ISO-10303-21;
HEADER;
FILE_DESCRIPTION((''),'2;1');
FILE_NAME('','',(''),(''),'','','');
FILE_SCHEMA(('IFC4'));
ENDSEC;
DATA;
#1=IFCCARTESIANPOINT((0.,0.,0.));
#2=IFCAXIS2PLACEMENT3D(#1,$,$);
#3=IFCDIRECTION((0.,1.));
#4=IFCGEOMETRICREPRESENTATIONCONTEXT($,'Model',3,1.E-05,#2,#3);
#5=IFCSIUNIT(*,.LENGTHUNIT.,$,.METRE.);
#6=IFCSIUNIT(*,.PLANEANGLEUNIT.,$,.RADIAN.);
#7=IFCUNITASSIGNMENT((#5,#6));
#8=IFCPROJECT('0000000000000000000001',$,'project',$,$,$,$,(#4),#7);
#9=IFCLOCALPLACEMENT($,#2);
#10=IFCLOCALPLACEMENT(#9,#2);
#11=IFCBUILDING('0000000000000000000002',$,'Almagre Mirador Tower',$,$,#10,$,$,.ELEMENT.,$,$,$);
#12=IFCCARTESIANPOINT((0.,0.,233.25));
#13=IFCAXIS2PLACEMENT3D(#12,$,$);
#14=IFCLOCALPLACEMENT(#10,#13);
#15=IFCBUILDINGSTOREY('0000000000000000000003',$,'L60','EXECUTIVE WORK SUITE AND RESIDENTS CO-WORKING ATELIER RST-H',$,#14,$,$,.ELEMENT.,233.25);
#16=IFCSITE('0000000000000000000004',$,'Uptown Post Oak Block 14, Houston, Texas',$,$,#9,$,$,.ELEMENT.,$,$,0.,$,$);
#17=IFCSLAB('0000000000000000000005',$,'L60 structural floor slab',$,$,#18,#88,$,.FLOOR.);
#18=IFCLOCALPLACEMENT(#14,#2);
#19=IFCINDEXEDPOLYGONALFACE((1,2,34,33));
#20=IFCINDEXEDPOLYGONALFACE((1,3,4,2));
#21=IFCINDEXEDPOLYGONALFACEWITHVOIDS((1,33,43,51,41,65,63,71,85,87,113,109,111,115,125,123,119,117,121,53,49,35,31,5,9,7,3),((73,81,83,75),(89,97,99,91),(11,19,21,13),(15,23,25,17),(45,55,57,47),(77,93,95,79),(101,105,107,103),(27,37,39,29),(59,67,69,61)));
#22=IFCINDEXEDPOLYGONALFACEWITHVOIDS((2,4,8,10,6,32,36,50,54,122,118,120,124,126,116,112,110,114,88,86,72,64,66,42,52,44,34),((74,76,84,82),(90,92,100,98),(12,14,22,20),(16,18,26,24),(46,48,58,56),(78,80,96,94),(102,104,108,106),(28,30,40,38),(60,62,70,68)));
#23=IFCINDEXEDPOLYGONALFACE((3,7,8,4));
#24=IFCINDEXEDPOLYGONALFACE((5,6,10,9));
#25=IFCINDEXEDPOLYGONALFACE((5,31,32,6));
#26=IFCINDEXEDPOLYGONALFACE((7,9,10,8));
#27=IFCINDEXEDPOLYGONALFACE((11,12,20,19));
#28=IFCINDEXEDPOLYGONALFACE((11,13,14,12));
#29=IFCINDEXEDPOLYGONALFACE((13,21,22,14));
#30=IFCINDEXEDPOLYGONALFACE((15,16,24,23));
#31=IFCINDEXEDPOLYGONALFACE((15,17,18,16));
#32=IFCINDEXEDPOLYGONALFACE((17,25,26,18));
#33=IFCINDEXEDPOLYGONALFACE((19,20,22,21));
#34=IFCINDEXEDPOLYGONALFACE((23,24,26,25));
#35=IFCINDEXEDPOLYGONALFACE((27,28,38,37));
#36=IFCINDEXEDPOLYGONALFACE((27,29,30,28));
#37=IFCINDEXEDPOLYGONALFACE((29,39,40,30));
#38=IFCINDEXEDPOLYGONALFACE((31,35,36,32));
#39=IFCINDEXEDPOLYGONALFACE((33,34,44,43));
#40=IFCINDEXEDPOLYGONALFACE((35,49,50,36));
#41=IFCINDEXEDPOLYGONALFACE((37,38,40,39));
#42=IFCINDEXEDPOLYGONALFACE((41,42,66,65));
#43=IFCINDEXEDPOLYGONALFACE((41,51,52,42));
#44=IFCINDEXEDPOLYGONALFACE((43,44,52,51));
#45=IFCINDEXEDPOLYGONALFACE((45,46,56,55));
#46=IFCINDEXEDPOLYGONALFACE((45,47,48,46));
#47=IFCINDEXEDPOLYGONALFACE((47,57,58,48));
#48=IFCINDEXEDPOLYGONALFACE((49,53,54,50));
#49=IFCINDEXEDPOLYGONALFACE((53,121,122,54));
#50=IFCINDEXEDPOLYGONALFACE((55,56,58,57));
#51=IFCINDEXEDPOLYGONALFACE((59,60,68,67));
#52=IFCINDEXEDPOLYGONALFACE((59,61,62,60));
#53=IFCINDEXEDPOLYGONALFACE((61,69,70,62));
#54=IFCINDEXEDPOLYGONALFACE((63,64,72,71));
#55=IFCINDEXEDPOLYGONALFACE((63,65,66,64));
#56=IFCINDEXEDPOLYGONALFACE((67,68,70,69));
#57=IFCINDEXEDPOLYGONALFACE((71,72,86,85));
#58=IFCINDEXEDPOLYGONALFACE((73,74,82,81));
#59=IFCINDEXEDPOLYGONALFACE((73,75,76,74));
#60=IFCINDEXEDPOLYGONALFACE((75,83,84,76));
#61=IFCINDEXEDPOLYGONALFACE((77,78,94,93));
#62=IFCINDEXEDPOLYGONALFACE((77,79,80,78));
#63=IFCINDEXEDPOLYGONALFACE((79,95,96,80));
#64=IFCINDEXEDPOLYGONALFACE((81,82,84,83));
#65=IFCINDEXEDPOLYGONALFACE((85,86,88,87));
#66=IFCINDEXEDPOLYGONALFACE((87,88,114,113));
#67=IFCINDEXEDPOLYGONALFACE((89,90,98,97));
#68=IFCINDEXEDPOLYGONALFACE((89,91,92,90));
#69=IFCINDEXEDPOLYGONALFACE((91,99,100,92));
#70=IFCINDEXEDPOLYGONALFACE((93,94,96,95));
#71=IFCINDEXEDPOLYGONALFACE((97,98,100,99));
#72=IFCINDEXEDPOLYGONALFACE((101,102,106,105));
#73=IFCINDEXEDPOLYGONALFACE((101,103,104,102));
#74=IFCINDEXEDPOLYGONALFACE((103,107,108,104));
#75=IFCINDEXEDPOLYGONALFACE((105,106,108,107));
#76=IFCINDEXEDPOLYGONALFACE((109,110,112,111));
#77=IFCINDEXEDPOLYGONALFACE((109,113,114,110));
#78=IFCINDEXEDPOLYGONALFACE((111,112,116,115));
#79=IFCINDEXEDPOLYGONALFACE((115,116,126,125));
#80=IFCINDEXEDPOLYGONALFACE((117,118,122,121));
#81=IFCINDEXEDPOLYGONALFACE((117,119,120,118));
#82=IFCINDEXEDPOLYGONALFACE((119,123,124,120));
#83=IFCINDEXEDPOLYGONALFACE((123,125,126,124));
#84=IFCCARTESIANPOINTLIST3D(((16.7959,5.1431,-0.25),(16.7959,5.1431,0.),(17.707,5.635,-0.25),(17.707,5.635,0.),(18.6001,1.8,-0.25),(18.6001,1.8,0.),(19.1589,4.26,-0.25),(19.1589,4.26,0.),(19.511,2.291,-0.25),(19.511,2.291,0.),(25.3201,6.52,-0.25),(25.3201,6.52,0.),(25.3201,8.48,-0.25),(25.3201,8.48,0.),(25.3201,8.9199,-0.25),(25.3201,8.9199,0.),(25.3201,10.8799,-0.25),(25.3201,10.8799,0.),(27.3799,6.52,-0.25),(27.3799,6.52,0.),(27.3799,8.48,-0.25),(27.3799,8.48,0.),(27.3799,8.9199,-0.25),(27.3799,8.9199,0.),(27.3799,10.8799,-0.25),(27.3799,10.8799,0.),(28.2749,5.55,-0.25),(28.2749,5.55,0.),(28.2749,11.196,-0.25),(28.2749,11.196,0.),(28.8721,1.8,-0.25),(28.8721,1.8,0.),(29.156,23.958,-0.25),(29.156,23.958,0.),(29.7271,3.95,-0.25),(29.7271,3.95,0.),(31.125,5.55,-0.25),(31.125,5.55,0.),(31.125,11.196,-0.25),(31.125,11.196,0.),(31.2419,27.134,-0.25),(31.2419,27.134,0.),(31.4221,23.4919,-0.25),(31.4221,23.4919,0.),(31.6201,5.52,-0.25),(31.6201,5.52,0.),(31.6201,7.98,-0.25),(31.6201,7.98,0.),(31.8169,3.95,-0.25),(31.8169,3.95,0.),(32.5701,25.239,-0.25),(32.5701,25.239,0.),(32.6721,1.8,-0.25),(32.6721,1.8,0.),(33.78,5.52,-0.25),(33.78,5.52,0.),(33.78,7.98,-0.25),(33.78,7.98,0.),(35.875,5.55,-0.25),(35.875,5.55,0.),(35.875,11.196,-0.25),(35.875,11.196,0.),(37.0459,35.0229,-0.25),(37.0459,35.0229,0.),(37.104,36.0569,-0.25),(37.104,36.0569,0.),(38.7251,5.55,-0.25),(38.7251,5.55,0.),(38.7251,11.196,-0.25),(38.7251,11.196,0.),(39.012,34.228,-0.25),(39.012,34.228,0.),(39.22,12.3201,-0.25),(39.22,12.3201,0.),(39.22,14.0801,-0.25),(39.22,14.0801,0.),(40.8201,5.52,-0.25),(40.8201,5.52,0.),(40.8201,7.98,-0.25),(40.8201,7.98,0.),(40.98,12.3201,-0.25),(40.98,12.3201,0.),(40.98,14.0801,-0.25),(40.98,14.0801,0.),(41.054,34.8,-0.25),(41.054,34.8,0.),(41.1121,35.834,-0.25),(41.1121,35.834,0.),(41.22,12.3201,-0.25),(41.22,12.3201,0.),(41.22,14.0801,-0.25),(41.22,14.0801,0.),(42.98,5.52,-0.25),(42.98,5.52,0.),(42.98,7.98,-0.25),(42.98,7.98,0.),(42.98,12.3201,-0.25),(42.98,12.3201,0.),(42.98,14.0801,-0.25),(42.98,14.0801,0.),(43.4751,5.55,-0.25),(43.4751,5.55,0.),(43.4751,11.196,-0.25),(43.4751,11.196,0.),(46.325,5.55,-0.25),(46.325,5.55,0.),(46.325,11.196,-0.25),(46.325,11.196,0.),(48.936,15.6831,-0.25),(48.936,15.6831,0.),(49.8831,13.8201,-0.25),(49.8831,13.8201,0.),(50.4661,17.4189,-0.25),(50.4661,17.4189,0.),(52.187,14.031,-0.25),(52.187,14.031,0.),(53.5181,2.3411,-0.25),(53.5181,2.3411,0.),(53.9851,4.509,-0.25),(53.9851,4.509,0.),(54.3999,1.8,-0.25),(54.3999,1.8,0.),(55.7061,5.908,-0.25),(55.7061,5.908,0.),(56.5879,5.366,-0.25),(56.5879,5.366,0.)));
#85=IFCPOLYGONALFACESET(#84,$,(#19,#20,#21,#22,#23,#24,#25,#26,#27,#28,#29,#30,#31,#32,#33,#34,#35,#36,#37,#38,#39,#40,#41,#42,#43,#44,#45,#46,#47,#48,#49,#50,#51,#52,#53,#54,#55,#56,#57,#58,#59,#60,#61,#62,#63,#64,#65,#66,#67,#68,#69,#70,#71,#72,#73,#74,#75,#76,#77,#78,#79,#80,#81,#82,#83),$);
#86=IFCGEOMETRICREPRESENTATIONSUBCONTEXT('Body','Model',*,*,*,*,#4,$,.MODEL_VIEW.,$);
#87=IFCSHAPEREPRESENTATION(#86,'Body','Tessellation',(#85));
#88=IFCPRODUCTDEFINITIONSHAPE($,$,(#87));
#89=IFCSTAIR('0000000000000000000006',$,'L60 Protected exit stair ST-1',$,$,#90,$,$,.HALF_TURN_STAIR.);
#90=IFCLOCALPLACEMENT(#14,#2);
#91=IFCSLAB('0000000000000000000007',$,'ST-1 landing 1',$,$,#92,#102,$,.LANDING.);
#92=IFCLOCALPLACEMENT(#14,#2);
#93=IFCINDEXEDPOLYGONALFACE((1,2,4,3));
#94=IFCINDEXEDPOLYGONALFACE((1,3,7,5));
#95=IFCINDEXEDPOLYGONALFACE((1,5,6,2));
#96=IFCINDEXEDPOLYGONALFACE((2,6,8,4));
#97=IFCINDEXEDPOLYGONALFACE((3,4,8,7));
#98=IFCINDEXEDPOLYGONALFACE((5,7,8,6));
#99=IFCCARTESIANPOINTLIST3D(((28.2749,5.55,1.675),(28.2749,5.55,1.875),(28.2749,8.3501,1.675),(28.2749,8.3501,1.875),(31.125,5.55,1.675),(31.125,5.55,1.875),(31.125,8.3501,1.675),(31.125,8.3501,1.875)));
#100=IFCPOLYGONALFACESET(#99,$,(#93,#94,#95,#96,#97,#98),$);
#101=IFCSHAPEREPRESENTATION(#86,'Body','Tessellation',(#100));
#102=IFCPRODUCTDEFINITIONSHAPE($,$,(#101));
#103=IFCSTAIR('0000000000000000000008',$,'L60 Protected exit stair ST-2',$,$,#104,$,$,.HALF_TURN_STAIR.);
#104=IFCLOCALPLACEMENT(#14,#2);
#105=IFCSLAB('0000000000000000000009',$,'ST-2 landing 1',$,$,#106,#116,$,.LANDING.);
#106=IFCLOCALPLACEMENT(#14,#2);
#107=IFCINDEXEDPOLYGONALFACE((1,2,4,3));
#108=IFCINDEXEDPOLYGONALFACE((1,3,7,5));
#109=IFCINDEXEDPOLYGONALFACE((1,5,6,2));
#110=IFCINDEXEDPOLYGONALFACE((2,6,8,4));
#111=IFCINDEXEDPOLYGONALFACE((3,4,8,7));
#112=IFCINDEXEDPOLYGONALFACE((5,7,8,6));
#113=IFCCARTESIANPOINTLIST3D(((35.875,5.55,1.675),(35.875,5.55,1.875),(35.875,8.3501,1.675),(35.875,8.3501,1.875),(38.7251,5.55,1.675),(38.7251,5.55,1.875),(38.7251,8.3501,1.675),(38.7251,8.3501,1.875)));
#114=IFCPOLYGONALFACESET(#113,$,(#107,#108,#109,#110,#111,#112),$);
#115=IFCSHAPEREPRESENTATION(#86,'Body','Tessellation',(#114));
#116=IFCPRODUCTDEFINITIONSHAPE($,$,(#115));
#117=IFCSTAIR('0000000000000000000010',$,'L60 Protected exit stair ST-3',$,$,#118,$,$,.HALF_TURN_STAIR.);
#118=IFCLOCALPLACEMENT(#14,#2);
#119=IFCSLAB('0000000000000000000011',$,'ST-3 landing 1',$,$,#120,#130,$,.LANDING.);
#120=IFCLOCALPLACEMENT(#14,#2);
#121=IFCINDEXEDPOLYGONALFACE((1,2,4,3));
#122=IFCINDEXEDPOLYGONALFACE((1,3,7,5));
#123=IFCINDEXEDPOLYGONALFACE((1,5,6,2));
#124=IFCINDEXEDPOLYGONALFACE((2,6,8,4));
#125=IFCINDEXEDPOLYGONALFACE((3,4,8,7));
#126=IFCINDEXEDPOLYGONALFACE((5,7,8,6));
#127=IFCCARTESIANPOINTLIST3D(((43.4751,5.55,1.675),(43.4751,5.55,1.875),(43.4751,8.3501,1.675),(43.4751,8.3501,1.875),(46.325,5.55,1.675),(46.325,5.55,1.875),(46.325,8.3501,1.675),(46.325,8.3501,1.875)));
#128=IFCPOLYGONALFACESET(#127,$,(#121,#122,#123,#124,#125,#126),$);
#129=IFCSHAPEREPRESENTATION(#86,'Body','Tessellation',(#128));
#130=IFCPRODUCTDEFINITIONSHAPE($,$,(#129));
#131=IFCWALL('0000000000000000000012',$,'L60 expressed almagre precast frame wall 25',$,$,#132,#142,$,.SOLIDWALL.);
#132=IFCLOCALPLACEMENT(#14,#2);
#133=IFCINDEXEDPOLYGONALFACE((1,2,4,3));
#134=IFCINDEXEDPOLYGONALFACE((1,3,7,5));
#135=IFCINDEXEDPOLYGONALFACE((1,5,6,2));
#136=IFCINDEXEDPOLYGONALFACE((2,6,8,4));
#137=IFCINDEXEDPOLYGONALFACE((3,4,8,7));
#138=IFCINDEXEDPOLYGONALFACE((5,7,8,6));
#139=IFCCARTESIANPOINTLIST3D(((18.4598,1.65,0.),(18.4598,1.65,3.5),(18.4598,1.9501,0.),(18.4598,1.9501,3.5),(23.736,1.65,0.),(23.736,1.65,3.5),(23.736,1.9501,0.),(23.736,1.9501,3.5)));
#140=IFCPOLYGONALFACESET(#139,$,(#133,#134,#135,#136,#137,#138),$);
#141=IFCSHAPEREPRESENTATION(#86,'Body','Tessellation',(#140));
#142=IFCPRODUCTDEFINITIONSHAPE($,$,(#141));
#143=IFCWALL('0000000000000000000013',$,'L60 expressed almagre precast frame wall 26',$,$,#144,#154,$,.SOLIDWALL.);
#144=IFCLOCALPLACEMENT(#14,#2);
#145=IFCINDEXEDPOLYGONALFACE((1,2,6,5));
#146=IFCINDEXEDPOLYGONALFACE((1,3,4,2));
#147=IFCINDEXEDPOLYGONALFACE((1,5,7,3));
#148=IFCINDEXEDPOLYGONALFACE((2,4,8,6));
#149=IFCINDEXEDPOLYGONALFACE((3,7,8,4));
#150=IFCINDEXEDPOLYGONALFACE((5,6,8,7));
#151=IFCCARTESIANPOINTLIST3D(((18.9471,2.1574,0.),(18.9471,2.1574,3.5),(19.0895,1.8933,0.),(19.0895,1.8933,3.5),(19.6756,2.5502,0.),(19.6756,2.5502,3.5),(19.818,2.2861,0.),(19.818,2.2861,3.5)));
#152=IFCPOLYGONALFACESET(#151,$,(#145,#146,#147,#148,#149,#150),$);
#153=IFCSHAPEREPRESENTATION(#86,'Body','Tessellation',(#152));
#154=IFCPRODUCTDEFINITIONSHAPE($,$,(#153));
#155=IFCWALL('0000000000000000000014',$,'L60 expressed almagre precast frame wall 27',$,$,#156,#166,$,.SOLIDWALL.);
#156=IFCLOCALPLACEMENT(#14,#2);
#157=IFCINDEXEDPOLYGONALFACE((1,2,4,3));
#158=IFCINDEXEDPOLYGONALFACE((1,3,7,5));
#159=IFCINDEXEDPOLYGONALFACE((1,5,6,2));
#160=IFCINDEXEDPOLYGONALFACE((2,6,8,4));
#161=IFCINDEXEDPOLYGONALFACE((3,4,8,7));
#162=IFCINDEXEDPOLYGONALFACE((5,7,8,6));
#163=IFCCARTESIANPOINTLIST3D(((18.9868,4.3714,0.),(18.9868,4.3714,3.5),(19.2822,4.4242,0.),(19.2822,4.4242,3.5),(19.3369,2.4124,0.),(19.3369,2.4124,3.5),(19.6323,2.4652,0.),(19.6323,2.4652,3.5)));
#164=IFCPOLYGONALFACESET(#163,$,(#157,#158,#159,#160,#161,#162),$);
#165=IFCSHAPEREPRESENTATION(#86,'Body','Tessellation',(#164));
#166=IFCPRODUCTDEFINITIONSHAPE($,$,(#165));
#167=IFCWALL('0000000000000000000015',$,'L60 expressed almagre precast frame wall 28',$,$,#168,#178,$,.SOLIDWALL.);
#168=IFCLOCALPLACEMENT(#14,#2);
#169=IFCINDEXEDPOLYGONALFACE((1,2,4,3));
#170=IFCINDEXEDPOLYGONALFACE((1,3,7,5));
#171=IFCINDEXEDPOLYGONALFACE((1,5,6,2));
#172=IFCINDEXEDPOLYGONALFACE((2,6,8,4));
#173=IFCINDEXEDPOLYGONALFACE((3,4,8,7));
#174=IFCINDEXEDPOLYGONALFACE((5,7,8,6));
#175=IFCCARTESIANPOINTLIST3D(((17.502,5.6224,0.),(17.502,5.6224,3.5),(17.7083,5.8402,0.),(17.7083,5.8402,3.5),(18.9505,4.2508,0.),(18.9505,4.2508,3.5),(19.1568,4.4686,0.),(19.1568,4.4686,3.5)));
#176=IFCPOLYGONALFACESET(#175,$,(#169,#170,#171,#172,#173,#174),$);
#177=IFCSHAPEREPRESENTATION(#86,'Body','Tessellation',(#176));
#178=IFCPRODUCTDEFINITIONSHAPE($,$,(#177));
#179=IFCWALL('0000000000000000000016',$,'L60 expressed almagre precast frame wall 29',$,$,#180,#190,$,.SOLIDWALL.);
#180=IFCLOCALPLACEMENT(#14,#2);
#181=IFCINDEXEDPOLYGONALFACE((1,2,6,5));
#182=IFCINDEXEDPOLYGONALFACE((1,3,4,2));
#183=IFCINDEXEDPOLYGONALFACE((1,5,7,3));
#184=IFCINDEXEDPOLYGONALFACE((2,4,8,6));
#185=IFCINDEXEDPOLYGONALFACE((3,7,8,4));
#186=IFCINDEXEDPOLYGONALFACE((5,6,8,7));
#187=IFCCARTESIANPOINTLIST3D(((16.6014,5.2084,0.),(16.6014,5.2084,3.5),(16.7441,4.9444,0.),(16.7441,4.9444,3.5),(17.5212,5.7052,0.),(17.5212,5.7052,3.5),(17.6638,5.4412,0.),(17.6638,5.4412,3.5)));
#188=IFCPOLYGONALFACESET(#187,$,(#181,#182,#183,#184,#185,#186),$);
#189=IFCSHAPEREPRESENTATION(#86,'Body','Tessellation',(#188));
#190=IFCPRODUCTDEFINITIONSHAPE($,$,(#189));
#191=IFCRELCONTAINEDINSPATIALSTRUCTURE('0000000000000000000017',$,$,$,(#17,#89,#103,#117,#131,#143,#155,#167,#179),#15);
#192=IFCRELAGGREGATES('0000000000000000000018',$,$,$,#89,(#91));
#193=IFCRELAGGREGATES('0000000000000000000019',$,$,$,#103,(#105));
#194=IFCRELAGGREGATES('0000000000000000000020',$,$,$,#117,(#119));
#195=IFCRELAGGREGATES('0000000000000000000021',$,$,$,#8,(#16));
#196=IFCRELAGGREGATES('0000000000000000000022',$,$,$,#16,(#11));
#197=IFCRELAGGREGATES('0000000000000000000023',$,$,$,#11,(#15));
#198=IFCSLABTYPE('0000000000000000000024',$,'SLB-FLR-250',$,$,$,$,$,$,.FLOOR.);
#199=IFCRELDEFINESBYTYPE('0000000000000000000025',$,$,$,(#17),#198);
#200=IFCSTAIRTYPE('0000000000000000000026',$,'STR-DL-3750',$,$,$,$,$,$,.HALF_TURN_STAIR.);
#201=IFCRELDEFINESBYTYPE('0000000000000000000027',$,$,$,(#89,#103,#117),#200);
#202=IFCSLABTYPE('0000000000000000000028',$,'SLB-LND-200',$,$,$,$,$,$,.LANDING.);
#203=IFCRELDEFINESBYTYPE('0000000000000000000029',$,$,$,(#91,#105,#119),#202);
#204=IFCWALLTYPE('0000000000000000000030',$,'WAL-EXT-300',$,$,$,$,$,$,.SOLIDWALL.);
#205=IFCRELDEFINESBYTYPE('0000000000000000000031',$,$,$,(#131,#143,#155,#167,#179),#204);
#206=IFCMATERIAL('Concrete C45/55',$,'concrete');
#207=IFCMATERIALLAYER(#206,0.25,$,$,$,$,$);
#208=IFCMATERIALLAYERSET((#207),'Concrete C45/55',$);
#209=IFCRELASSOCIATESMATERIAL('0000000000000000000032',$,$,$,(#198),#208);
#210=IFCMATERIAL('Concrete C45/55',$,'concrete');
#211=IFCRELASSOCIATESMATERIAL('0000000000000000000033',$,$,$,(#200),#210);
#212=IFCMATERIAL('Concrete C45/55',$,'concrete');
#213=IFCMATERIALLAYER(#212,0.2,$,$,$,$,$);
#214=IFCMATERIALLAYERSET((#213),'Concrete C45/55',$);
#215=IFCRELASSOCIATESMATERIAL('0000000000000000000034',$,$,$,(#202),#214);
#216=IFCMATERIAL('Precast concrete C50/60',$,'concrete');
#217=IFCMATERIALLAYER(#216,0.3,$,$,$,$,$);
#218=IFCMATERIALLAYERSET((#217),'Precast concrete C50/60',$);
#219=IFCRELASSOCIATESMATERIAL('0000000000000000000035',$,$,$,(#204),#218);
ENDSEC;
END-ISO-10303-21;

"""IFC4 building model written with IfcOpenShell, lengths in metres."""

from ifc_helpers import new_model, si_unit, direction, frame, frame_2d, origin, place, context, subcontext, project, spatial, polyline, rectangle, outline, extrude, material, layer, layer_set, type_object, element, aggregate, save


model = new_model("IFC4")

# Units and contexts
model_context = context("Model", 3, precision=1e-05, world=origin(), true_north=direction((0.0, 1.0)))
body_context = subcontext(model_context, "Body", "Model", "MODEL_VIEW")
ifc_project = project(units=[si_unit("LENGTHUNIT", "METRE"), si_unit("PLANEANGLEUNIT", "RADIAN")], contexts=[model_context])

# Site, building, storey
site_placement = place(None, origin())
site = spatial("IfcSite", under=ifc_project, at=site_placement, Name="Uptown Post Oak Block 14, Houston, Texas", CompositionType="ELEMENT", RefElevation=0.0)
building_placement = place(site_placement, origin())
building = spatial("IfcBuilding", under=site, at=building_placement, Name="Almagre Mirador Tower", CompositionType="ELEMENT")
storey_placement = place(building_placement, frame((0.0, 0.0, 233.25)))
storey = spatial("IfcBuildingStorey", under=building, at=storey_placement, Name="L60", Description="EXECUTIVE WORK SUITE AND RESIDENTS CO-WORKING ATELIER RST-H", CompositionType="ELEMENT", Elevation=233.25)

# Slab
ifc_material_1 = material(Name="Concrete C45/55", Category="concrete")
ifc_layer_1 = layer(ifc_material_1, 0.25)
ifc_layer_set_1 = layer_set([ifc_layer_1], Name="Concrete C45/55")
slab_type_1 = type_object("IfcSlabType", Name="SLB-FLR-250", PredefinedType="FLOOR", material=ifc_layer_set_1)
slab_1_placement = place(storey_placement, frame((0.0, 0.0, -0.25)))
element("IfcSlab", 1, at=slab_1_placement, inside=storey, type_object=slab_type_1, Name="L60 structural floor slab", PredefinedType="FLOOR", context=body_context, shape_type="SweptSolid", body=[
    extrude(outline(polyline([(16.7959, 5.1431), (17.707, 5.635), (19.1589, 4.26), (19.511, 2.291), (18.6001, 1.8), (28.8721, 1.8), (29.7271, 3.95), (31.8169, 3.95), (32.6721, 1.8), (54.3999, 1.8), (53.5181, 2.3411), (53.9851, 4.509), (55.7061, 5.908), (56.5879, 5.366), (52.187, 14.031), (49.8831, 13.8201), (48.936, 15.6831), (50.4661, 17.4189), (41.1121, 35.834), (41.054, 34.8), (39.012, 34.228), (37.0459, 35.0229), (37.104, 36.0569), (31.2419, 27.134), (32.5701, 25.239), (31.4221, 23.4919), (29.156, 23.958), (16.7959, 5.1431)]), holes=[polyline([(43.4751, 5.55), (43.4751, 11.196), (46.325, 11.196), (46.325, 5.55), (43.4751, 5.55)]), polyline([(41.22, 12.3201), (41.22, 14.0801), (42.98, 14.0801), (42.98, 12.3201), (41.22, 12.3201)]), polyline([(42.98, 5.52), (40.8201, 5.52), (40.8201, 7.98), (42.98, 7.98), (42.98, 5.52)]), polyline([(39.22, 12.3201), (39.22, 14.0801), (40.98, 14.0801), (40.98, 12.3201), (39.22, 12.3201)]), polyline([(35.875, 5.55), (35.875, 11.196), (38.7251, 11.196), (38.7251, 5.55), (35.875, 5.55)]), polyline([(33.78, 5.52), (31.6201, 5.52), (31.6201, 7.98), (33.78, 7.98), (33.78, 5.52)]), polyline([(28.2749, 5.55), (28.2749, 11.196), (31.125, 11.196), (31.125, 5.55), (28.2749, 5.55)]), polyline([(27.3799, 6.52), (25.3201, 6.52), (25.3201, 8.48), (27.3799, 8.48), (27.3799, 6.52)]), polyline([(27.3799, 8.9199), (25.3201, 8.9199), (25.3201, 10.8799), (27.3799, 10.8799), (27.3799, 8.9199)])]), origin(), (0.0, 0.0, 1.0), 0.25),
])

# Stairs, slabs
ifc_material_2 = material(Name="Concrete C45/55", Category="concrete")
stair_type = type_object("IfcStairType", Name="STR-DL-3750", PredefinedType="HALF_TURN_STAIR", material=ifc_material_2)
stair_1_placement = place(storey_placement, origin())
stair_1 = element("IfcStair", 2, at=stair_1_placement, inside=storey, type_object=stair_type, Name="L60 Protected exit stair ST-1", PredefinedType="HALF_TURN_STAIR")
ifc_material_3 = material(Name="Concrete C45/55", Category="concrete")
ifc_layer_2 = layer(ifc_material_3, 0.2)
ifc_layer_set_2 = layer_set([ifc_layer_2], Name="Concrete C45/55")
slab_type_2 = type_object("IfcSlabType", Name="SLB-LND-200", PredefinedType="LANDING", material=ifc_layer_set_2)
slab_2_placement = place(storey_placement, frame((0.0, 0.0, 1.675)))
slab_2 = element("IfcSlab", 3, at=slab_2_placement, type_object=slab_type_2, Name="ST-1 landing 1", PredefinedType="LANDING", context=body_context, shape_type="SweptSolid", body=[
    extrude(outline(polyline([(28.2749, 8.3501), (28.2749, 5.55), (31.125, 5.55), (31.125, 8.3501), (28.2749, 8.3501)])), origin(), (0.0, 0.0, 1.0), 0.2),
])
aggregate(stair_1, [slab_2])
stair_2_placement = place(storey_placement, origin())
stair_2 = element("IfcStair", 4, at=stair_2_placement, inside=storey, type_object=stair_type, Name="L60 Protected exit stair ST-2", PredefinedType="HALF_TURN_STAIR")
slab_3_placement = place(storey_placement, frame((0.0, 0.0, 1.675)))
slab_3 = element("IfcSlab", 5, at=slab_3_placement, type_object=slab_type_2, Name="ST-2 landing 1", PredefinedType="LANDING", context=body_context, shape_type="SweptSolid", body=[
    extrude(outline(polyline([(35.875, 8.3501), (35.875, 5.55), (38.7251, 5.55), (38.7251, 8.3501), (35.875, 8.3501)])), origin(), (0.0, 0.0, 1.0), 0.2),
])
aggregate(stair_2, [slab_3])
stair_3_placement = place(storey_placement, origin())
stair_3 = element("IfcStair", 6, at=stair_3_placement, inside=storey, type_object=stair_type, Name="L60 Protected exit stair ST-3", PredefinedType="HALF_TURN_STAIR")
slab_4_placement = place(storey_placement, frame((0.0, 0.0, 1.675)))
slab_4 = element("IfcSlab", 7, at=slab_4_placement, type_object=slab_type_2, Name="ST-3 landing 1", PredefinedType="LANDING", context=body_context, shape_type="SweptSolid", body=[
    extrude(outline(polyline([(43.4751, 8.3501), (43.4751, 5.55), (46.325, 5.55), (46.325, 8.3501), (43.4751, 8.3501)])), origin(), (0.0, 0.0, 1.0), 0.2),
])
aggregate(stair_3, [slab_4])

# Walls
ifc_material_4 = material(Name="Precast concrete C50/60", Category="concrete")
ifc_layer_3 = layer(ifc_material_4, 0.3)
ifc_layer_set_3 = layer_set([ifc_layer_3], Name="Precast concrete C50/60")
wall_type_1 = type_object("IfcWallType", Name="WAL-EXT-300", PredefinedType="SOLIDWALL", material=ifc_layer_set_3)
wall_1_placement = place(storey_placement, frame((23.7361, 1.8, 0.0), z_axis=(0.0, 0.0, 1.0), x_axis=(-1.0, 0.0, 0.0)))
element("IfcWall", 8, at=wall_1_placement, inside=storey, type_object=wall_type_1, Name="L60 expressed almagre precast frame wall 25", PredefinedType="SOLIDWALL", context=body_context, shape_type="SweptSolid", body=[
    extrude(rectangle(XDim=5.2761, YDim=0.3, at=frame_2d((2.6382, 0.0))), origin(), (0.0, 0.0, 1.0), 3.5),
])
wall_2_placement = place(storey_placement, frame((19.0183, 2.0254, 0.0), z_axis=(0.0, 0.0, 1.0), x_axis=(0.880196, 0.47461, 0.0)))
element("IfcWall", 9, at=wall_2_placement, inside=storey, type_object=wall_type_1, Name="L60 expressed almagre precast frame wall 26", PredefinedType="SOLIDWALL", context=body_context, shape_type="SweptSolid", body=[
    extrude(rectangle(XDim=0.8276, YDim=0.3, at=frame_2d((0.4138, 0.0))), origin(), (0.0, 0.0, 1.0), 3.5),
])
wall_3_placement = place(storey_placement, frame((19.4846, 2.4387, 0.0), z_axis=(0.0, 0.0, 1.0), x_axis=(-0.175927, 0.984403, 0.0)))
element("IfcWall", 10, at=wall_3_placement, inside=storey, type_object=wall_type_1, Name="L60 expressed almagre precast frame wall 27", PredefinedType="SOLIDWALL", context=body_context, shape_type="SweptSolid", body=[
    extrude(rectangle(XDim=1.99, YDim=0.3, at=frame_2d((0.9951, 0.0))), origin(), (0.0, 0.0, 1.0), 3.5),
])
wall_4_placement = place(storey_placement, frame((19.0537, 4.3596, 0.0), z_axis=(0.0, 0.0, 1.0), x_axis=(-0.72612, 0.687568, 0.0)))
element("IfcWall", 11, at=wall_4_placement, inside=storey, type_object=wall_type_1, Name="L60 expressed almagre precast frame wall 28", PredefinedType="SOLIDWALL", context=body_context, shape_type="SweptSolid", body=[
    extrude(rectangle(XDim=1.9949, YDim=0.3, at=frame_2d((0.9976, 0.0))), origin(), (0.0, 0.0, 1.0), 3.5),
])
wall_5_placement = place(storey_placement, frame((17.5925, 5.5732, 0.0), z_axis=(0.0, 0.0, 1.0), x_axis=(-0.879825, -0.475297, 0.0)))
element("IfcWall", 12, at=wall_5_placement, inside=storey, type_object=wall_type_1, Name="L60 expressed almagre precast frame wall 29", PredefinedType="SOLIDWALL", context=body_context, shape_type="SweptSolid", body=[
    extrude(rectangle(XDim=1.0454, YDim=0.3, at=frame_2d((0.5227, 0.0))), origin(), (0.0, 0.0, 1.0), 3.5),
])

save(model, "model.ifc")
